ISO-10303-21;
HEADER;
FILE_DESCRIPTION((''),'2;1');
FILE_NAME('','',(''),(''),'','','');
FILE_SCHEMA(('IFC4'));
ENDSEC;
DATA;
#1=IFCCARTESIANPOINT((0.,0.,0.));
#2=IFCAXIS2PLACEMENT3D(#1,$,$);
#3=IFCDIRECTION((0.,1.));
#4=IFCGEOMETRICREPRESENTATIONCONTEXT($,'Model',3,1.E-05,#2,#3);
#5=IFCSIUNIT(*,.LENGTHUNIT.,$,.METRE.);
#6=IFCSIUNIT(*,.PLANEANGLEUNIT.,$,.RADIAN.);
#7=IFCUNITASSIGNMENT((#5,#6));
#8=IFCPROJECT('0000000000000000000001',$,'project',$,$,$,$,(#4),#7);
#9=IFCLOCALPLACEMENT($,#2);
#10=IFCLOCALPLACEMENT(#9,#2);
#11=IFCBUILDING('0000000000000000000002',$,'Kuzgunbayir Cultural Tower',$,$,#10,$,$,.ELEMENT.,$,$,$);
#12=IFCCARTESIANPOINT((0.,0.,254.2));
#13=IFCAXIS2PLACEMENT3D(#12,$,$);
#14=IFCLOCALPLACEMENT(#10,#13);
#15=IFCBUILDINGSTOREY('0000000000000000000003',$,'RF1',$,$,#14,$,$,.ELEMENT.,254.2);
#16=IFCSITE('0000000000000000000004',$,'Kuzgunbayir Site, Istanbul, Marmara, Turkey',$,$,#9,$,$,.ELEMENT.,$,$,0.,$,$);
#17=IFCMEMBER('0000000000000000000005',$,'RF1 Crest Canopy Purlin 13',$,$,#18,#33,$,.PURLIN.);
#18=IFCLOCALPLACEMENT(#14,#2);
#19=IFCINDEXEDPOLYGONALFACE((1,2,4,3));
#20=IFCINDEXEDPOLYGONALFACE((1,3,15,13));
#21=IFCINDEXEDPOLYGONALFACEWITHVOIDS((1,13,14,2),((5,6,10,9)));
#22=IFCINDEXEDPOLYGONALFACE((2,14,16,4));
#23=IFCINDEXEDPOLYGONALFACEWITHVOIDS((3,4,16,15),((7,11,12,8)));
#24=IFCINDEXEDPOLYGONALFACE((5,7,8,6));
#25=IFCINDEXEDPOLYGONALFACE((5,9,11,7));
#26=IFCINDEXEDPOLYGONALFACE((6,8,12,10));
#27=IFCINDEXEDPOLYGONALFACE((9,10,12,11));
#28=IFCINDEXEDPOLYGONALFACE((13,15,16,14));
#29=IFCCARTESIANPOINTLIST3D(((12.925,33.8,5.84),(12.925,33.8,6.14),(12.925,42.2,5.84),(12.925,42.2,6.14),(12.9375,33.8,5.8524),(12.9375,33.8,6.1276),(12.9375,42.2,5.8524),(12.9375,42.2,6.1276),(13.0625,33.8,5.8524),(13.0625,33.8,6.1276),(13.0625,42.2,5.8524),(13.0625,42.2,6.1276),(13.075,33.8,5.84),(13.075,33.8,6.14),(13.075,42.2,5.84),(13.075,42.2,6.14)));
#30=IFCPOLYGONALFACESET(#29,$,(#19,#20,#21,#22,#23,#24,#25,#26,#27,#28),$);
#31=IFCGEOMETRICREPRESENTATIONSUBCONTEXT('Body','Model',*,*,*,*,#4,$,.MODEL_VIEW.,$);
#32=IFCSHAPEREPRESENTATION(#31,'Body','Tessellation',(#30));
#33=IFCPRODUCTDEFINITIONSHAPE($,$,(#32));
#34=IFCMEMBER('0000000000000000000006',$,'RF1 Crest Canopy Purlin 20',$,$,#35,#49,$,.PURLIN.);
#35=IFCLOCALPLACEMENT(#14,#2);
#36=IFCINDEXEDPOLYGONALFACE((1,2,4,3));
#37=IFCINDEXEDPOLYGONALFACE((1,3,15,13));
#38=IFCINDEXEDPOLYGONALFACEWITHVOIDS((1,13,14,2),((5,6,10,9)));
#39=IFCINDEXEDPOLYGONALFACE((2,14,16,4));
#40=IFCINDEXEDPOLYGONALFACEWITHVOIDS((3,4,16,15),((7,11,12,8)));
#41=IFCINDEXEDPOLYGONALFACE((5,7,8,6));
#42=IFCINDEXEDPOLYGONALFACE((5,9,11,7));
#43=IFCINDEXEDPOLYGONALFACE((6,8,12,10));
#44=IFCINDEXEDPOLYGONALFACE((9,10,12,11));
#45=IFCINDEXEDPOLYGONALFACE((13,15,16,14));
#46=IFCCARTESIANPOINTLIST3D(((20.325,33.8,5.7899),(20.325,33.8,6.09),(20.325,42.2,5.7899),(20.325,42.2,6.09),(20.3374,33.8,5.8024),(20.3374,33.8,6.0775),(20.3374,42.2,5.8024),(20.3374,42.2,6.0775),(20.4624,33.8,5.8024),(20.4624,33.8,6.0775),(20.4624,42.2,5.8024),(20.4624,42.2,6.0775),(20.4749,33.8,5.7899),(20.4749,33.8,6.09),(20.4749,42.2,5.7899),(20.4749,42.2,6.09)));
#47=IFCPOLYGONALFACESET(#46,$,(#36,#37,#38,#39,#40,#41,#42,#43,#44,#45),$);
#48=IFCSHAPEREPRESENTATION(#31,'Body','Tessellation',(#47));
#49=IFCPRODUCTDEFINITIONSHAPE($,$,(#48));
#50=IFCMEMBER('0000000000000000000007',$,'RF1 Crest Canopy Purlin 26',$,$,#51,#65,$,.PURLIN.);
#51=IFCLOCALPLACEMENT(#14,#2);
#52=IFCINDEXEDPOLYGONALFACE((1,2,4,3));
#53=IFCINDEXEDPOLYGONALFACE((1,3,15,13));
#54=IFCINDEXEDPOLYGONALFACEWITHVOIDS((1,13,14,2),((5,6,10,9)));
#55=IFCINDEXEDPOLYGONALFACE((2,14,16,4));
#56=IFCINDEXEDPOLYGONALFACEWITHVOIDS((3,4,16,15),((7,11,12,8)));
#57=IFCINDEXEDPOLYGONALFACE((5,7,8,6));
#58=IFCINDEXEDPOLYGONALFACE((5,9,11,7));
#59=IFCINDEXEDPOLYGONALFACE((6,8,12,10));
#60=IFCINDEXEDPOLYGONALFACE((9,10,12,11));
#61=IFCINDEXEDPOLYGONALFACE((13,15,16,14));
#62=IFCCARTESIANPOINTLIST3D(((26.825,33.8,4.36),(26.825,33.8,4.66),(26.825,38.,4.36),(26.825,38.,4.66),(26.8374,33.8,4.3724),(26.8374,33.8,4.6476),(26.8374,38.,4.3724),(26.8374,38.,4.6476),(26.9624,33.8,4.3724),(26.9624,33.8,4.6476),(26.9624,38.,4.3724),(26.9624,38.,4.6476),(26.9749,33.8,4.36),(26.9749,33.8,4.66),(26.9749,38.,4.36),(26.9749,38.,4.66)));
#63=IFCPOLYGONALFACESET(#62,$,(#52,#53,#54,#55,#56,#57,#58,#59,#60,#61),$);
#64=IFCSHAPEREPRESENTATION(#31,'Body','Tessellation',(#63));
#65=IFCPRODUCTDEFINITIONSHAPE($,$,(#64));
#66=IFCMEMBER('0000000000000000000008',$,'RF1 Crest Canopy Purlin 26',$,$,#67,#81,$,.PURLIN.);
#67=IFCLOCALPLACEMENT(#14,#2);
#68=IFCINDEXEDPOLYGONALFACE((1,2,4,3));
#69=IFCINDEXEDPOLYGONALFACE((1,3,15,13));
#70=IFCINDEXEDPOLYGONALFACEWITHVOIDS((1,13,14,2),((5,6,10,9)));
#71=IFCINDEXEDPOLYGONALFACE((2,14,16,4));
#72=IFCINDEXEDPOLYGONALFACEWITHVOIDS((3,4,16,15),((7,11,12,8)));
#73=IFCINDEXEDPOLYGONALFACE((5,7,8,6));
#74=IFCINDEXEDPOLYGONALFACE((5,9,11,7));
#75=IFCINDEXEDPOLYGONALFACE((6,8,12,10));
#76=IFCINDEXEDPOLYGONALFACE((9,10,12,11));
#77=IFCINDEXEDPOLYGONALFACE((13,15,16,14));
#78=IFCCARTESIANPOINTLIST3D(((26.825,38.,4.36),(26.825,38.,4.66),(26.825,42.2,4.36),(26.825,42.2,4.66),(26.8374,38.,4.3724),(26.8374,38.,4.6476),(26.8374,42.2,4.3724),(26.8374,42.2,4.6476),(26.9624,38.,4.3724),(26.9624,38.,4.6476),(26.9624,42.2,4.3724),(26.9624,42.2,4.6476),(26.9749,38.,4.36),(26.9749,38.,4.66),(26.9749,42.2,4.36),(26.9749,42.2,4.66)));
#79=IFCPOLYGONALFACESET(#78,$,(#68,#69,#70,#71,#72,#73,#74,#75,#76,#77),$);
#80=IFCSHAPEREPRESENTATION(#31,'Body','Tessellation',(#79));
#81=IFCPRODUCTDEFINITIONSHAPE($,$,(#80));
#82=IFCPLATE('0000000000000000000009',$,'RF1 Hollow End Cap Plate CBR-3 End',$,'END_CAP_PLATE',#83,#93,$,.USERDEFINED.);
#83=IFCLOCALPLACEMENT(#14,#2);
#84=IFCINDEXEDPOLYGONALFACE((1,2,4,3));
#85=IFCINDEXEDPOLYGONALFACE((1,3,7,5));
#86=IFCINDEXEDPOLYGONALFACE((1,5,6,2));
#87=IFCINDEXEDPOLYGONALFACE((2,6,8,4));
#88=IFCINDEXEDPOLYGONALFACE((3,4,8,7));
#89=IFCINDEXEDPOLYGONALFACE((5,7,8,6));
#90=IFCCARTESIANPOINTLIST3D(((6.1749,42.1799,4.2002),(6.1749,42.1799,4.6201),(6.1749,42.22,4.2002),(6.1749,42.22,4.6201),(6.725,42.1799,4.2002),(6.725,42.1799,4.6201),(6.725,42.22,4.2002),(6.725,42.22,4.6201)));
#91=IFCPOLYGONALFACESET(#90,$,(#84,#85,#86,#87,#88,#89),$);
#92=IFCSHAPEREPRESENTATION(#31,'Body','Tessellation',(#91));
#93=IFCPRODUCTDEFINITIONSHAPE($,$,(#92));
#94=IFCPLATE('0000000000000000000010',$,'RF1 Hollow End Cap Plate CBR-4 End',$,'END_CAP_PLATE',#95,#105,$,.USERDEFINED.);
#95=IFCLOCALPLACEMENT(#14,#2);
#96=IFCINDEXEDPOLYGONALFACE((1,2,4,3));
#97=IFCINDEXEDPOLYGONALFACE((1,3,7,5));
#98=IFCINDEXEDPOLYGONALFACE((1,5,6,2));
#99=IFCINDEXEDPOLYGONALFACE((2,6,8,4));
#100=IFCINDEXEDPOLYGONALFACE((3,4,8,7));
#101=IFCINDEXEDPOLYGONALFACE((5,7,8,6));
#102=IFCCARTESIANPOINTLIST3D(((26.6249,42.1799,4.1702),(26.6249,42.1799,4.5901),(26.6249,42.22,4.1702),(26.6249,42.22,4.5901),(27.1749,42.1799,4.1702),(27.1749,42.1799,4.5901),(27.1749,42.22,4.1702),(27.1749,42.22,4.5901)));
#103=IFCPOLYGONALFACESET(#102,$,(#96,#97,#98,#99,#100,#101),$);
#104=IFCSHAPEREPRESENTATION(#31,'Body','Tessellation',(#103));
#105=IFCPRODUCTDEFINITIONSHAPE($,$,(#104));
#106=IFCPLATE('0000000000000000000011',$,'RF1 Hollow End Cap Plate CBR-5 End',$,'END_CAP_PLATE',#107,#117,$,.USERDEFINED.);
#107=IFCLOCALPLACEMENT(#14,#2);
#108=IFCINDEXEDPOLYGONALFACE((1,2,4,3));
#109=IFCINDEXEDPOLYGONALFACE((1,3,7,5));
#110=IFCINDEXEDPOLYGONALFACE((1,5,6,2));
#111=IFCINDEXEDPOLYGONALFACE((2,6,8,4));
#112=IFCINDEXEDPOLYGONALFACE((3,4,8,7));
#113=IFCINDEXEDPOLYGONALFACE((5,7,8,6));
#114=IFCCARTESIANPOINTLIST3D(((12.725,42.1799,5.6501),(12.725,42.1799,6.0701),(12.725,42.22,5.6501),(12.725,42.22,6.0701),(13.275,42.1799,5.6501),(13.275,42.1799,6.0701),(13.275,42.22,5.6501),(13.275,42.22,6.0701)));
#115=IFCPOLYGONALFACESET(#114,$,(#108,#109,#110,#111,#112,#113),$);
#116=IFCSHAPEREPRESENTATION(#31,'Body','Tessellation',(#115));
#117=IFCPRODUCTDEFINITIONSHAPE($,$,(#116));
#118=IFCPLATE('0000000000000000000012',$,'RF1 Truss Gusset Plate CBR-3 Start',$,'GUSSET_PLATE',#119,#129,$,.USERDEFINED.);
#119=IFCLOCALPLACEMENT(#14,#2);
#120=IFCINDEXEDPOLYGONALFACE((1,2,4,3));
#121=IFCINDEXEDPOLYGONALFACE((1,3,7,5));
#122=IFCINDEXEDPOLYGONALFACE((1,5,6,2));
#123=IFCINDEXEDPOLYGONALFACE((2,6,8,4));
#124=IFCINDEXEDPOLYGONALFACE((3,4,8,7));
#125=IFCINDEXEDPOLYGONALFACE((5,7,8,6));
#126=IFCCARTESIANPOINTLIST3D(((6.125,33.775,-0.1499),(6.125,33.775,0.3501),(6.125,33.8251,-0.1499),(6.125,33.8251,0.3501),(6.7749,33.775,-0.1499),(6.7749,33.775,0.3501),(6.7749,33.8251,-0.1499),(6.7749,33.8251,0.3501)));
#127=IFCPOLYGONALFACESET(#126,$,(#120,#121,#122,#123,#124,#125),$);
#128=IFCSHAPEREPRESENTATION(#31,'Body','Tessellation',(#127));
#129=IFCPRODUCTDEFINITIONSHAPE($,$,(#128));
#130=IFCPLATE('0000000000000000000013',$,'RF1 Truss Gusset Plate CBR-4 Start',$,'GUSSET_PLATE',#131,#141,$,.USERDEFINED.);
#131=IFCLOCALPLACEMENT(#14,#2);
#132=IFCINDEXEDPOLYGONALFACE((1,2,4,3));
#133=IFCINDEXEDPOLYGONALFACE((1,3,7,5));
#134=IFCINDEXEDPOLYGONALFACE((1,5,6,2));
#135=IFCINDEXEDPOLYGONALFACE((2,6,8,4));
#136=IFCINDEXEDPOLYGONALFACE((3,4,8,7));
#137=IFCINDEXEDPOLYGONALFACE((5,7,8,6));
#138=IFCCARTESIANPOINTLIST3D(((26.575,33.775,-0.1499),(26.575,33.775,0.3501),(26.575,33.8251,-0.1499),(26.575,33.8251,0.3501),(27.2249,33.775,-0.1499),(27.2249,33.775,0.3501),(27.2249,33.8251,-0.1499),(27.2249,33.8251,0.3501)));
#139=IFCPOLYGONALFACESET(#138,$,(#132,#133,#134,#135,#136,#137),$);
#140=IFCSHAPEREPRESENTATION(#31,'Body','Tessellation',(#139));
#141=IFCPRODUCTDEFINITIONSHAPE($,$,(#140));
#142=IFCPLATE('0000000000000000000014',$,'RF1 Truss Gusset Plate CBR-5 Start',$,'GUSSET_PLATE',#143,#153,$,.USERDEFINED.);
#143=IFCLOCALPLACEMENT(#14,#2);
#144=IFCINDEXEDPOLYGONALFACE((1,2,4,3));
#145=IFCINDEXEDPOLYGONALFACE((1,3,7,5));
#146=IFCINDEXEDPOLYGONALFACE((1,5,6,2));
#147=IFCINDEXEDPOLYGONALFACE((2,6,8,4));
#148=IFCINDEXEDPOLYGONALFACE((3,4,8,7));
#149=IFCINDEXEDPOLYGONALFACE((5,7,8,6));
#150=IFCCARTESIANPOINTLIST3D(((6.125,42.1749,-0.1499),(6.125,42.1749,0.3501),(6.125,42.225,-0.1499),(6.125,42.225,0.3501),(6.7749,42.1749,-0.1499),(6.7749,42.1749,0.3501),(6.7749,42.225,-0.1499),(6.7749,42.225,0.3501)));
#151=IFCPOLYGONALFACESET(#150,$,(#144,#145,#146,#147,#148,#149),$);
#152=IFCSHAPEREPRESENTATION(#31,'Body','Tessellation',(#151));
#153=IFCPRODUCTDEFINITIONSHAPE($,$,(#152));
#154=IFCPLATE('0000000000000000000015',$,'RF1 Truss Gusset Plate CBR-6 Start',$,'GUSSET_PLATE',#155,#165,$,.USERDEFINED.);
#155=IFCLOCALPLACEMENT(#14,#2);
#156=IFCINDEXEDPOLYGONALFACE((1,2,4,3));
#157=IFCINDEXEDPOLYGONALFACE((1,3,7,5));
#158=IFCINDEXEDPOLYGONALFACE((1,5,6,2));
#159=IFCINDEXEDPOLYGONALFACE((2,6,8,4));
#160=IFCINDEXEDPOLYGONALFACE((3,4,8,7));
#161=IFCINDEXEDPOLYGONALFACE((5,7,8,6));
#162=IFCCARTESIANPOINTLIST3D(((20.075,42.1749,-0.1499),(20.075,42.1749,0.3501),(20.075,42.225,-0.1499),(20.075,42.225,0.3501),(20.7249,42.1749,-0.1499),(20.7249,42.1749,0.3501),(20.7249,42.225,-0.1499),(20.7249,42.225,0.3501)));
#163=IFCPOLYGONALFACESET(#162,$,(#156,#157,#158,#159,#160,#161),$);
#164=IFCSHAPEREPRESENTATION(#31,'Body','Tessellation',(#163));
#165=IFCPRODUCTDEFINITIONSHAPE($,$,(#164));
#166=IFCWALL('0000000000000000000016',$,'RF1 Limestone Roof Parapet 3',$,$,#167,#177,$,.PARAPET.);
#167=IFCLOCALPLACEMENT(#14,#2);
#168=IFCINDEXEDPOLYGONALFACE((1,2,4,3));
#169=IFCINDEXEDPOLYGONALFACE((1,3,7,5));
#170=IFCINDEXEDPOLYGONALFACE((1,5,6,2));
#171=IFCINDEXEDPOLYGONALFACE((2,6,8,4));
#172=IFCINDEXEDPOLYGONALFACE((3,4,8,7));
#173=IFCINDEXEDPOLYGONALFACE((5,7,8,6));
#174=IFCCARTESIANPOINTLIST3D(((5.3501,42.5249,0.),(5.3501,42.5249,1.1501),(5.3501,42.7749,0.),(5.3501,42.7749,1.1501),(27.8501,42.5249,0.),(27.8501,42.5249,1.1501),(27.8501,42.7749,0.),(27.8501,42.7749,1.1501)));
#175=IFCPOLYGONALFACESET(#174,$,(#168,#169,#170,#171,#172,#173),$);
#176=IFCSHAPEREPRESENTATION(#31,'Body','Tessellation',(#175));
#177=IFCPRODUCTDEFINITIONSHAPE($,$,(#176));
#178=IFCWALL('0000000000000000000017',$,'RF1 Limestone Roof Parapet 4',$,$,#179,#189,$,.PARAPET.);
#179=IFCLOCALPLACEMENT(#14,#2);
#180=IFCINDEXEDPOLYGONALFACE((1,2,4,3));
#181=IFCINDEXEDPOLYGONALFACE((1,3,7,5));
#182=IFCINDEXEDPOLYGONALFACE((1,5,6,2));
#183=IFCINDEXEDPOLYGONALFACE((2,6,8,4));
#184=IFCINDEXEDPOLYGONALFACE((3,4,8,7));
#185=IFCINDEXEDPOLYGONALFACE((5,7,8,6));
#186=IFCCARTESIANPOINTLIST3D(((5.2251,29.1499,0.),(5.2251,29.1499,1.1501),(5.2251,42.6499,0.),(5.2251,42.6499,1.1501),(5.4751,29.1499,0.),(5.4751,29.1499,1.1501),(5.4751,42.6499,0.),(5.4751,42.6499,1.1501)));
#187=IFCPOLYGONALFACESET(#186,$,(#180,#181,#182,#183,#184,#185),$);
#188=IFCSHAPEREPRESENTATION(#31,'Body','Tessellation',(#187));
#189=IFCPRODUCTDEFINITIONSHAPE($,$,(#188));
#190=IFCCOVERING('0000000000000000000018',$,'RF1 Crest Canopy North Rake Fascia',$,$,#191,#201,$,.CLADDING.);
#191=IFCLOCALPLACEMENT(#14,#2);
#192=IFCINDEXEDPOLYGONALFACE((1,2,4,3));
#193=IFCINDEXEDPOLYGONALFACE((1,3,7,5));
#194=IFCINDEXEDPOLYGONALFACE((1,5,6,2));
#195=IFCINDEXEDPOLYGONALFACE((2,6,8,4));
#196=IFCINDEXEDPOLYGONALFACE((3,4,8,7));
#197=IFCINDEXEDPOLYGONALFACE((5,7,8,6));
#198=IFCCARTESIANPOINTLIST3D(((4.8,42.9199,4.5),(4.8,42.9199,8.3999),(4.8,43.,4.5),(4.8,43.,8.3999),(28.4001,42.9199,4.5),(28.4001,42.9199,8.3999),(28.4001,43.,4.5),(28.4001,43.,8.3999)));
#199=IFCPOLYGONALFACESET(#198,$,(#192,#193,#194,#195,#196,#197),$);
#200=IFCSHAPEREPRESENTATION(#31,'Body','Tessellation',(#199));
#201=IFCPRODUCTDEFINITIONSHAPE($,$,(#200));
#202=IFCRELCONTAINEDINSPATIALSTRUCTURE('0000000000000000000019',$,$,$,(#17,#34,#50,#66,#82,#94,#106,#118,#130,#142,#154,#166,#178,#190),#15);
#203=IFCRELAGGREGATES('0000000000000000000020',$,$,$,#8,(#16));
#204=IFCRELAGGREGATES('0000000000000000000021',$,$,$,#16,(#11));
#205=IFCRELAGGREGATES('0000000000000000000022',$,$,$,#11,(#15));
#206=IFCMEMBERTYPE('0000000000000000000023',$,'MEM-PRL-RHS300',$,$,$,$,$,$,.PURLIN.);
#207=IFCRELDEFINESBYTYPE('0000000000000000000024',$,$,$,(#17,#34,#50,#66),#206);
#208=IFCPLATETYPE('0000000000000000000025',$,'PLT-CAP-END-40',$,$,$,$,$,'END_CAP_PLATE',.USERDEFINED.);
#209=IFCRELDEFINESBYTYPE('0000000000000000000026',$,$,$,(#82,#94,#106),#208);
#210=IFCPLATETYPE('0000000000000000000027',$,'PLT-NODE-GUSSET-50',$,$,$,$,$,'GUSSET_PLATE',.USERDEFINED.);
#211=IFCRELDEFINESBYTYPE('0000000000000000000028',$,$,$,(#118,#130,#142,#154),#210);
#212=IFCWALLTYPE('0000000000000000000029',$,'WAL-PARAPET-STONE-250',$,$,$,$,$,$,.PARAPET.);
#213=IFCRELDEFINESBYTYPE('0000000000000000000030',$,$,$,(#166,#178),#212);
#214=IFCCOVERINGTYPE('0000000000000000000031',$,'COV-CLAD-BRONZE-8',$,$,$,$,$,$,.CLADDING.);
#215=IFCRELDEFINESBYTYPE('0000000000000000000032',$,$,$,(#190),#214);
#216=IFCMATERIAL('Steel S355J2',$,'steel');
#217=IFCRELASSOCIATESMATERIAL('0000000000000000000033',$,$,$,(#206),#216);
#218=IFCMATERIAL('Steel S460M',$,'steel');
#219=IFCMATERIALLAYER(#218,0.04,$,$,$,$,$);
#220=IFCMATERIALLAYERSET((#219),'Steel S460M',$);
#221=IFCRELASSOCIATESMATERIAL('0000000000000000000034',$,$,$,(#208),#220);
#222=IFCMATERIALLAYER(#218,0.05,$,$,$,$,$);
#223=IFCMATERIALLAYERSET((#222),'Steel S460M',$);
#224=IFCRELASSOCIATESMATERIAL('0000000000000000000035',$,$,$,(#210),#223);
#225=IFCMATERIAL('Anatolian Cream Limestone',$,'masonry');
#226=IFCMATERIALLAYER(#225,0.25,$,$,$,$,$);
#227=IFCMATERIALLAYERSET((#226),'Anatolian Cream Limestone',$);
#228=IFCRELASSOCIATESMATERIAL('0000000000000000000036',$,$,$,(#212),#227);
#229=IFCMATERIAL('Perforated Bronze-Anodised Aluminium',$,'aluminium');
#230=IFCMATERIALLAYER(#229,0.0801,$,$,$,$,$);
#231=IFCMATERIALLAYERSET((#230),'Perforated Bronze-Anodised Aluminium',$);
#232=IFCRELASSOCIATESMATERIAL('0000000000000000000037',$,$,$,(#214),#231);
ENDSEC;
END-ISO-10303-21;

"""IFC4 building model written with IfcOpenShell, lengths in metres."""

from ifc_helpers import new_model, si_unit, direction, frame, frame_2d, origin, origin_2d, place, context, subcontext, project, spatial, rectangle, hollow_rectangle, extrude, material, layer, layer_set, material_profile, profile_set, type_object, element, save


model = new_model("IFC4")

# Units and contexts
model_context = context("Model", 3, precision=1e-05, world=origin(), true_north=direction((0.0, 1.0)))
body_context = subcontext(model_context, "Body", "Model", "MODEL_VIEW")
ifc_project = project(units=[si_unit("LENGTHUNIT", "METRE"), si_unit("PLANEANGLEUNIT", "RADIAN")], contexts=[model_context])

# Site, building, storey
site_placement = place(None, origin())
site = spatial("IfcSite", under=ifc_project, at=site_placement, Name="Kuzgunbayir Site, Istanbul, Marmara, Turkey", CompositionType="ELEMENT", RefElevation=0.0)
building_placement = place(site_placement, origin())
building = spatial("IfcBuilding", under=site, at=building_placement, Name="Kuzgunbayir Cultural Tower", CompositionType="ELEMENT")
storey_placement = place(building_placement, frame((0.0, 0.0, 254.2)))
storey = spatial("IfcBuildingStorey", under=building, at=storey_placement, Name="RF1", CompositionType="ELEMENT", Elevation=254.2)

# Shared definitions
ifc_material_1 = material(Name="Steel S460M", Category="steel")

# Shared definitions
ifc_material_2 = material(Name="Steel S355J2", Category="steel")

# Members
ifc_material_profile_1 = material_profile(ifc_material_2, hollow_rectangle(XDim=0.1499, YDim=0.3, WallThickness=0.0125, at=origin_2d()), Name="RHS 300x150x12.5")
ifc_profile_set_1 = profile_set([ifc_material_profile_1], Name="Steel S355J2")
member_type_1 = type_object("IfcMemberType", Name="MEM-PRL-RHS300", PredefinedType="PURLIN", material=ifc_profile_set_1)
for number, where, z_axis, x_axis, name in (
    (1, (13.0, 33.8, 5.99), (0.0, 1.0, 0.0), (-1.0, 0.0, 0.0), "RF1 Crest Canopy Purlin 13"),
    (2, (20.3999, 33.8, 5.9399), (0.0, 1.0, 0.0), (-1.0, 0.0, 0.0), "RF1 Crest Canopy Purlin 20"),
):
    element("IfcMember", number, at=place(storey_placement, frame(where, z_axis=z_axis, x_axis=x_axis)), inside=storey, type_object=member_type_1, Name=name, PredefinedType="PURLIN", context=body_context, shape_type="SweptSolid", body=[
        extrude(hollow_rectangle(XDim=0.1499, YDim=0.3, WallThickness=0.0125, at=origin_2d()), origin(), (0.0, 0.0, 1.0), 8.3999),
    ])
for number, where, z_axis, x_axis, name in (
    (3, (26.8999, 33.8, 4.51), (0.0, 1.0, 0.0), (-1.0, 0.0, 0.0), "RF1 Crest Canopy Purlin 26"),
    (4, (26.8999, 38.0, 4.51), (0.0, 1.0, 0.0), (-1.0, 0.0, 0.0), "RF1 Crest Canopy Purlin 26"),
):
    element("IfcMember", number, at=place(storey_placement, frame(where, z_axis=z_axis, x_axis=x_axis)), inside=storey, type_object=member_type_1, Name=name, PredefinedType="PURLIN", context=body_context, shape_type="SweptSolid", body=[
        extrude(hollow_rectangle(XDim=0.1499, YDim=0.3, WallThickness=0.0125, at=origin_2d()), origin(), (0.0, 0.0, 1.0), 4.2),
    ])

# Plates
ifc_layer_1 = layer(ifc_material_1, 0.04)
ifc_layer_set_1 = layer_set([ifc_layer_1], Name="Steel S460M")
plate_type_1 = type_object("IfcPlateType", Name="PLT-CAP-END-40", ElementType="END_CAP_PLATE", PredefinedType="USERDEFINED", material=ifc_layer_set_1)
for number, where, z_axis, x_axis, name in (
    (5, (6.45, 42.2, 4.2002), (0.0, 0.0, 1.0), (1.0, 0.0, 0.0), "RF1 Hollow End Cap Plate CBR-3 End"),
    (6, (26.8999, 42.2, 4.1702), (0.0, 0.0, 1.0), (1.0, 0.0, 0.0), "RF1 Hollow End Cap Plate CBR-4 End"),
    (7, (13.0, 42.2, 5.6501), (0.0, 0.0, 1.0), (1.0, 0.0, 0.0), "RF1 Hollow End Cap Plate CBR-5 End"),
):
    element("IfcPlate", number, at=place(storey_placement, frame(where, z_axis=z_axis, x_axis=x_axis)), inside=storey, type_object=plate_type_1, Name=name, ObjectType="END_CAP_PLATE", PredefinedType="USERDEFINED", context=body_context, shape_type="SweptSolid", body=[
        extrude(rectangle(XDim=0.55, YDim=0.04, at=origin_2d()), origin(), (0.0, 0.0, 1.0), 0.4199),
    ])
ifc_layer_2 = layer(ifc_material_1, 0.05)
ifc_layer_set_2 = layer_set([ifc_layer_2], Name="Steel S460M")
plate_type_2 = type_object("IfcPlateType", Name="PLT-NODE-GUSSET-50", ElementType="GUSSET_PLATE", PredefinedType="USERDEFINED", material=ifc_layer_set_2)
for number, where, z_axis, x_axis, name in (
    (8, (6.45, 33.8, -0.1499), (0.0, 0.0, 1.0), (1.0, 0.0, 0.0), "RF1 Truss Gusset Plate CBR-3 Start"),
    (9, (26.8999, 33.8, -0.1499), (0.0, 0.0, 1.0), (1.0, 0.0, 0.0), "RF1 Truss Gusset Plate CBR-4 Start"),
    (10, (6.45, 42.2, -0.1499), (0.0, 0.0, 1.0), (1.0, 0.0, 0.0), "RF1 Truss Gusset Plate CBR-5 Start"),
    (11, (20.3999, 42.2, -0.1499), (0.0, 0.0, 1.0), (1.0, 0.0, 0.0), "RF1 Truss Gusset Plate CBR-6 Start"),
):
    element("IfcPlate", number, at=place(storey_placement, frame(where, z_axis=z_axis, x_axis=x_axis)), inside=storey, type_object=plate_type_2, Name=name, ObjectType="GUSSET_PLATE", PredefinedType="USERDEFINED", context=body_context, shape_type="SweptSolid", body=[
        extrude(rectangle(XDim=0.6499, YDim=0.05, at=origin_2d()), origin(), (0.0, 0.0, 1.0), 0.5),
    ])

# Walls
ifc_material_3 = material(Name="Anatolian Cream Limestone", Category="masonry")
ifc_layer_3 = layer(ifc_material_3, 0.25)
ifc_layer_set_3 = layer_set([ifc_layer_3], Name="Anatolian Cream Limestone")
wall_type = type_object("IfcWallType", Name="WAL-PARAPET-STONE-250", PredefinedType="PARAPET", material=ifc_layer_set_3)
wall_1_placement = place(storey_placement, frame((27.8501, 42.6499, 0.0), z_axis=(0.0, 0.0, 1.0), x_axis=(-1.0, 0.0, 0.0)))
element("IfcWall", 12, at=wall_1_placement, inside=storey, type_object=wall_type, Name="RF1 Limestone Roof Parapet 3", PredefinedType="PARAPET", context=body_context, shape_type="SweptSolid", body=[
    extrude(rectangle(XDim=22.5, YDim=0.25, at=frame_2d((11.25, 0.0))), origin(), (0.0, 0.0, 1.0), 1.1501),
])
wall_2_placement = place(storey_placement, frame((5.3501, 42.6499, 0.0), z_axis=(0.0, 0.0, 1.0), x_axis=(0.0, -1.0, 0.0)))
element("IfcWall", 13, at=wall_2_placement, inside=storey, type_object=wall_type, Name="RF1 Limestone Roof Parapet 4", PredefinedType="PARAPET", context=body_context, shape_type="SweptSolid", body=[
    extrude(rectangle(XDim=13.5, YDim=0.25, at=frame_2d((6.75, 0.0))), origin(), (0.0, 0.0, 1.0), 1.1501),
])

# Covering
ifc_material_4 = material(Name="Perforated Bronze-Anodised Aluminium", Category="aluminium")
ifc_layer_4 = layer(ifc_material_4, 0.0801)
ifc_layer_set_4 = layer_set([ifc_layer_4], Name="Perforated Bronze-Anodised Aluminium")
covering_type = type_object("IfcCoveringType", Name="COV-CLAD-BRONZE-8", PredefinedType="CLADDING", material=ifc_layer_set_4)
covering_placement = place(storey_placement, frame((16.6001, 42.96, 4.5), z_axis=(0.0, 0.0, 1.0), x_axis=(1.0, 0.0, 0.0)))
element("IfcCovering", 14, at=covering_placement, inside=storey, type_object=covering_type, Name="RF1 Crest Canopy North Rake Fascia", PredefinedType="CLADDING", context=body_context, shape_type="SweptSolid", body=[
    extrude(rectangle(XDim=23.6001, YDim=0.0801, at=origin_2d()), origin(), (0.0, 0.0, 1.0), 3.8999),
])

save(model, "model.ifc")
